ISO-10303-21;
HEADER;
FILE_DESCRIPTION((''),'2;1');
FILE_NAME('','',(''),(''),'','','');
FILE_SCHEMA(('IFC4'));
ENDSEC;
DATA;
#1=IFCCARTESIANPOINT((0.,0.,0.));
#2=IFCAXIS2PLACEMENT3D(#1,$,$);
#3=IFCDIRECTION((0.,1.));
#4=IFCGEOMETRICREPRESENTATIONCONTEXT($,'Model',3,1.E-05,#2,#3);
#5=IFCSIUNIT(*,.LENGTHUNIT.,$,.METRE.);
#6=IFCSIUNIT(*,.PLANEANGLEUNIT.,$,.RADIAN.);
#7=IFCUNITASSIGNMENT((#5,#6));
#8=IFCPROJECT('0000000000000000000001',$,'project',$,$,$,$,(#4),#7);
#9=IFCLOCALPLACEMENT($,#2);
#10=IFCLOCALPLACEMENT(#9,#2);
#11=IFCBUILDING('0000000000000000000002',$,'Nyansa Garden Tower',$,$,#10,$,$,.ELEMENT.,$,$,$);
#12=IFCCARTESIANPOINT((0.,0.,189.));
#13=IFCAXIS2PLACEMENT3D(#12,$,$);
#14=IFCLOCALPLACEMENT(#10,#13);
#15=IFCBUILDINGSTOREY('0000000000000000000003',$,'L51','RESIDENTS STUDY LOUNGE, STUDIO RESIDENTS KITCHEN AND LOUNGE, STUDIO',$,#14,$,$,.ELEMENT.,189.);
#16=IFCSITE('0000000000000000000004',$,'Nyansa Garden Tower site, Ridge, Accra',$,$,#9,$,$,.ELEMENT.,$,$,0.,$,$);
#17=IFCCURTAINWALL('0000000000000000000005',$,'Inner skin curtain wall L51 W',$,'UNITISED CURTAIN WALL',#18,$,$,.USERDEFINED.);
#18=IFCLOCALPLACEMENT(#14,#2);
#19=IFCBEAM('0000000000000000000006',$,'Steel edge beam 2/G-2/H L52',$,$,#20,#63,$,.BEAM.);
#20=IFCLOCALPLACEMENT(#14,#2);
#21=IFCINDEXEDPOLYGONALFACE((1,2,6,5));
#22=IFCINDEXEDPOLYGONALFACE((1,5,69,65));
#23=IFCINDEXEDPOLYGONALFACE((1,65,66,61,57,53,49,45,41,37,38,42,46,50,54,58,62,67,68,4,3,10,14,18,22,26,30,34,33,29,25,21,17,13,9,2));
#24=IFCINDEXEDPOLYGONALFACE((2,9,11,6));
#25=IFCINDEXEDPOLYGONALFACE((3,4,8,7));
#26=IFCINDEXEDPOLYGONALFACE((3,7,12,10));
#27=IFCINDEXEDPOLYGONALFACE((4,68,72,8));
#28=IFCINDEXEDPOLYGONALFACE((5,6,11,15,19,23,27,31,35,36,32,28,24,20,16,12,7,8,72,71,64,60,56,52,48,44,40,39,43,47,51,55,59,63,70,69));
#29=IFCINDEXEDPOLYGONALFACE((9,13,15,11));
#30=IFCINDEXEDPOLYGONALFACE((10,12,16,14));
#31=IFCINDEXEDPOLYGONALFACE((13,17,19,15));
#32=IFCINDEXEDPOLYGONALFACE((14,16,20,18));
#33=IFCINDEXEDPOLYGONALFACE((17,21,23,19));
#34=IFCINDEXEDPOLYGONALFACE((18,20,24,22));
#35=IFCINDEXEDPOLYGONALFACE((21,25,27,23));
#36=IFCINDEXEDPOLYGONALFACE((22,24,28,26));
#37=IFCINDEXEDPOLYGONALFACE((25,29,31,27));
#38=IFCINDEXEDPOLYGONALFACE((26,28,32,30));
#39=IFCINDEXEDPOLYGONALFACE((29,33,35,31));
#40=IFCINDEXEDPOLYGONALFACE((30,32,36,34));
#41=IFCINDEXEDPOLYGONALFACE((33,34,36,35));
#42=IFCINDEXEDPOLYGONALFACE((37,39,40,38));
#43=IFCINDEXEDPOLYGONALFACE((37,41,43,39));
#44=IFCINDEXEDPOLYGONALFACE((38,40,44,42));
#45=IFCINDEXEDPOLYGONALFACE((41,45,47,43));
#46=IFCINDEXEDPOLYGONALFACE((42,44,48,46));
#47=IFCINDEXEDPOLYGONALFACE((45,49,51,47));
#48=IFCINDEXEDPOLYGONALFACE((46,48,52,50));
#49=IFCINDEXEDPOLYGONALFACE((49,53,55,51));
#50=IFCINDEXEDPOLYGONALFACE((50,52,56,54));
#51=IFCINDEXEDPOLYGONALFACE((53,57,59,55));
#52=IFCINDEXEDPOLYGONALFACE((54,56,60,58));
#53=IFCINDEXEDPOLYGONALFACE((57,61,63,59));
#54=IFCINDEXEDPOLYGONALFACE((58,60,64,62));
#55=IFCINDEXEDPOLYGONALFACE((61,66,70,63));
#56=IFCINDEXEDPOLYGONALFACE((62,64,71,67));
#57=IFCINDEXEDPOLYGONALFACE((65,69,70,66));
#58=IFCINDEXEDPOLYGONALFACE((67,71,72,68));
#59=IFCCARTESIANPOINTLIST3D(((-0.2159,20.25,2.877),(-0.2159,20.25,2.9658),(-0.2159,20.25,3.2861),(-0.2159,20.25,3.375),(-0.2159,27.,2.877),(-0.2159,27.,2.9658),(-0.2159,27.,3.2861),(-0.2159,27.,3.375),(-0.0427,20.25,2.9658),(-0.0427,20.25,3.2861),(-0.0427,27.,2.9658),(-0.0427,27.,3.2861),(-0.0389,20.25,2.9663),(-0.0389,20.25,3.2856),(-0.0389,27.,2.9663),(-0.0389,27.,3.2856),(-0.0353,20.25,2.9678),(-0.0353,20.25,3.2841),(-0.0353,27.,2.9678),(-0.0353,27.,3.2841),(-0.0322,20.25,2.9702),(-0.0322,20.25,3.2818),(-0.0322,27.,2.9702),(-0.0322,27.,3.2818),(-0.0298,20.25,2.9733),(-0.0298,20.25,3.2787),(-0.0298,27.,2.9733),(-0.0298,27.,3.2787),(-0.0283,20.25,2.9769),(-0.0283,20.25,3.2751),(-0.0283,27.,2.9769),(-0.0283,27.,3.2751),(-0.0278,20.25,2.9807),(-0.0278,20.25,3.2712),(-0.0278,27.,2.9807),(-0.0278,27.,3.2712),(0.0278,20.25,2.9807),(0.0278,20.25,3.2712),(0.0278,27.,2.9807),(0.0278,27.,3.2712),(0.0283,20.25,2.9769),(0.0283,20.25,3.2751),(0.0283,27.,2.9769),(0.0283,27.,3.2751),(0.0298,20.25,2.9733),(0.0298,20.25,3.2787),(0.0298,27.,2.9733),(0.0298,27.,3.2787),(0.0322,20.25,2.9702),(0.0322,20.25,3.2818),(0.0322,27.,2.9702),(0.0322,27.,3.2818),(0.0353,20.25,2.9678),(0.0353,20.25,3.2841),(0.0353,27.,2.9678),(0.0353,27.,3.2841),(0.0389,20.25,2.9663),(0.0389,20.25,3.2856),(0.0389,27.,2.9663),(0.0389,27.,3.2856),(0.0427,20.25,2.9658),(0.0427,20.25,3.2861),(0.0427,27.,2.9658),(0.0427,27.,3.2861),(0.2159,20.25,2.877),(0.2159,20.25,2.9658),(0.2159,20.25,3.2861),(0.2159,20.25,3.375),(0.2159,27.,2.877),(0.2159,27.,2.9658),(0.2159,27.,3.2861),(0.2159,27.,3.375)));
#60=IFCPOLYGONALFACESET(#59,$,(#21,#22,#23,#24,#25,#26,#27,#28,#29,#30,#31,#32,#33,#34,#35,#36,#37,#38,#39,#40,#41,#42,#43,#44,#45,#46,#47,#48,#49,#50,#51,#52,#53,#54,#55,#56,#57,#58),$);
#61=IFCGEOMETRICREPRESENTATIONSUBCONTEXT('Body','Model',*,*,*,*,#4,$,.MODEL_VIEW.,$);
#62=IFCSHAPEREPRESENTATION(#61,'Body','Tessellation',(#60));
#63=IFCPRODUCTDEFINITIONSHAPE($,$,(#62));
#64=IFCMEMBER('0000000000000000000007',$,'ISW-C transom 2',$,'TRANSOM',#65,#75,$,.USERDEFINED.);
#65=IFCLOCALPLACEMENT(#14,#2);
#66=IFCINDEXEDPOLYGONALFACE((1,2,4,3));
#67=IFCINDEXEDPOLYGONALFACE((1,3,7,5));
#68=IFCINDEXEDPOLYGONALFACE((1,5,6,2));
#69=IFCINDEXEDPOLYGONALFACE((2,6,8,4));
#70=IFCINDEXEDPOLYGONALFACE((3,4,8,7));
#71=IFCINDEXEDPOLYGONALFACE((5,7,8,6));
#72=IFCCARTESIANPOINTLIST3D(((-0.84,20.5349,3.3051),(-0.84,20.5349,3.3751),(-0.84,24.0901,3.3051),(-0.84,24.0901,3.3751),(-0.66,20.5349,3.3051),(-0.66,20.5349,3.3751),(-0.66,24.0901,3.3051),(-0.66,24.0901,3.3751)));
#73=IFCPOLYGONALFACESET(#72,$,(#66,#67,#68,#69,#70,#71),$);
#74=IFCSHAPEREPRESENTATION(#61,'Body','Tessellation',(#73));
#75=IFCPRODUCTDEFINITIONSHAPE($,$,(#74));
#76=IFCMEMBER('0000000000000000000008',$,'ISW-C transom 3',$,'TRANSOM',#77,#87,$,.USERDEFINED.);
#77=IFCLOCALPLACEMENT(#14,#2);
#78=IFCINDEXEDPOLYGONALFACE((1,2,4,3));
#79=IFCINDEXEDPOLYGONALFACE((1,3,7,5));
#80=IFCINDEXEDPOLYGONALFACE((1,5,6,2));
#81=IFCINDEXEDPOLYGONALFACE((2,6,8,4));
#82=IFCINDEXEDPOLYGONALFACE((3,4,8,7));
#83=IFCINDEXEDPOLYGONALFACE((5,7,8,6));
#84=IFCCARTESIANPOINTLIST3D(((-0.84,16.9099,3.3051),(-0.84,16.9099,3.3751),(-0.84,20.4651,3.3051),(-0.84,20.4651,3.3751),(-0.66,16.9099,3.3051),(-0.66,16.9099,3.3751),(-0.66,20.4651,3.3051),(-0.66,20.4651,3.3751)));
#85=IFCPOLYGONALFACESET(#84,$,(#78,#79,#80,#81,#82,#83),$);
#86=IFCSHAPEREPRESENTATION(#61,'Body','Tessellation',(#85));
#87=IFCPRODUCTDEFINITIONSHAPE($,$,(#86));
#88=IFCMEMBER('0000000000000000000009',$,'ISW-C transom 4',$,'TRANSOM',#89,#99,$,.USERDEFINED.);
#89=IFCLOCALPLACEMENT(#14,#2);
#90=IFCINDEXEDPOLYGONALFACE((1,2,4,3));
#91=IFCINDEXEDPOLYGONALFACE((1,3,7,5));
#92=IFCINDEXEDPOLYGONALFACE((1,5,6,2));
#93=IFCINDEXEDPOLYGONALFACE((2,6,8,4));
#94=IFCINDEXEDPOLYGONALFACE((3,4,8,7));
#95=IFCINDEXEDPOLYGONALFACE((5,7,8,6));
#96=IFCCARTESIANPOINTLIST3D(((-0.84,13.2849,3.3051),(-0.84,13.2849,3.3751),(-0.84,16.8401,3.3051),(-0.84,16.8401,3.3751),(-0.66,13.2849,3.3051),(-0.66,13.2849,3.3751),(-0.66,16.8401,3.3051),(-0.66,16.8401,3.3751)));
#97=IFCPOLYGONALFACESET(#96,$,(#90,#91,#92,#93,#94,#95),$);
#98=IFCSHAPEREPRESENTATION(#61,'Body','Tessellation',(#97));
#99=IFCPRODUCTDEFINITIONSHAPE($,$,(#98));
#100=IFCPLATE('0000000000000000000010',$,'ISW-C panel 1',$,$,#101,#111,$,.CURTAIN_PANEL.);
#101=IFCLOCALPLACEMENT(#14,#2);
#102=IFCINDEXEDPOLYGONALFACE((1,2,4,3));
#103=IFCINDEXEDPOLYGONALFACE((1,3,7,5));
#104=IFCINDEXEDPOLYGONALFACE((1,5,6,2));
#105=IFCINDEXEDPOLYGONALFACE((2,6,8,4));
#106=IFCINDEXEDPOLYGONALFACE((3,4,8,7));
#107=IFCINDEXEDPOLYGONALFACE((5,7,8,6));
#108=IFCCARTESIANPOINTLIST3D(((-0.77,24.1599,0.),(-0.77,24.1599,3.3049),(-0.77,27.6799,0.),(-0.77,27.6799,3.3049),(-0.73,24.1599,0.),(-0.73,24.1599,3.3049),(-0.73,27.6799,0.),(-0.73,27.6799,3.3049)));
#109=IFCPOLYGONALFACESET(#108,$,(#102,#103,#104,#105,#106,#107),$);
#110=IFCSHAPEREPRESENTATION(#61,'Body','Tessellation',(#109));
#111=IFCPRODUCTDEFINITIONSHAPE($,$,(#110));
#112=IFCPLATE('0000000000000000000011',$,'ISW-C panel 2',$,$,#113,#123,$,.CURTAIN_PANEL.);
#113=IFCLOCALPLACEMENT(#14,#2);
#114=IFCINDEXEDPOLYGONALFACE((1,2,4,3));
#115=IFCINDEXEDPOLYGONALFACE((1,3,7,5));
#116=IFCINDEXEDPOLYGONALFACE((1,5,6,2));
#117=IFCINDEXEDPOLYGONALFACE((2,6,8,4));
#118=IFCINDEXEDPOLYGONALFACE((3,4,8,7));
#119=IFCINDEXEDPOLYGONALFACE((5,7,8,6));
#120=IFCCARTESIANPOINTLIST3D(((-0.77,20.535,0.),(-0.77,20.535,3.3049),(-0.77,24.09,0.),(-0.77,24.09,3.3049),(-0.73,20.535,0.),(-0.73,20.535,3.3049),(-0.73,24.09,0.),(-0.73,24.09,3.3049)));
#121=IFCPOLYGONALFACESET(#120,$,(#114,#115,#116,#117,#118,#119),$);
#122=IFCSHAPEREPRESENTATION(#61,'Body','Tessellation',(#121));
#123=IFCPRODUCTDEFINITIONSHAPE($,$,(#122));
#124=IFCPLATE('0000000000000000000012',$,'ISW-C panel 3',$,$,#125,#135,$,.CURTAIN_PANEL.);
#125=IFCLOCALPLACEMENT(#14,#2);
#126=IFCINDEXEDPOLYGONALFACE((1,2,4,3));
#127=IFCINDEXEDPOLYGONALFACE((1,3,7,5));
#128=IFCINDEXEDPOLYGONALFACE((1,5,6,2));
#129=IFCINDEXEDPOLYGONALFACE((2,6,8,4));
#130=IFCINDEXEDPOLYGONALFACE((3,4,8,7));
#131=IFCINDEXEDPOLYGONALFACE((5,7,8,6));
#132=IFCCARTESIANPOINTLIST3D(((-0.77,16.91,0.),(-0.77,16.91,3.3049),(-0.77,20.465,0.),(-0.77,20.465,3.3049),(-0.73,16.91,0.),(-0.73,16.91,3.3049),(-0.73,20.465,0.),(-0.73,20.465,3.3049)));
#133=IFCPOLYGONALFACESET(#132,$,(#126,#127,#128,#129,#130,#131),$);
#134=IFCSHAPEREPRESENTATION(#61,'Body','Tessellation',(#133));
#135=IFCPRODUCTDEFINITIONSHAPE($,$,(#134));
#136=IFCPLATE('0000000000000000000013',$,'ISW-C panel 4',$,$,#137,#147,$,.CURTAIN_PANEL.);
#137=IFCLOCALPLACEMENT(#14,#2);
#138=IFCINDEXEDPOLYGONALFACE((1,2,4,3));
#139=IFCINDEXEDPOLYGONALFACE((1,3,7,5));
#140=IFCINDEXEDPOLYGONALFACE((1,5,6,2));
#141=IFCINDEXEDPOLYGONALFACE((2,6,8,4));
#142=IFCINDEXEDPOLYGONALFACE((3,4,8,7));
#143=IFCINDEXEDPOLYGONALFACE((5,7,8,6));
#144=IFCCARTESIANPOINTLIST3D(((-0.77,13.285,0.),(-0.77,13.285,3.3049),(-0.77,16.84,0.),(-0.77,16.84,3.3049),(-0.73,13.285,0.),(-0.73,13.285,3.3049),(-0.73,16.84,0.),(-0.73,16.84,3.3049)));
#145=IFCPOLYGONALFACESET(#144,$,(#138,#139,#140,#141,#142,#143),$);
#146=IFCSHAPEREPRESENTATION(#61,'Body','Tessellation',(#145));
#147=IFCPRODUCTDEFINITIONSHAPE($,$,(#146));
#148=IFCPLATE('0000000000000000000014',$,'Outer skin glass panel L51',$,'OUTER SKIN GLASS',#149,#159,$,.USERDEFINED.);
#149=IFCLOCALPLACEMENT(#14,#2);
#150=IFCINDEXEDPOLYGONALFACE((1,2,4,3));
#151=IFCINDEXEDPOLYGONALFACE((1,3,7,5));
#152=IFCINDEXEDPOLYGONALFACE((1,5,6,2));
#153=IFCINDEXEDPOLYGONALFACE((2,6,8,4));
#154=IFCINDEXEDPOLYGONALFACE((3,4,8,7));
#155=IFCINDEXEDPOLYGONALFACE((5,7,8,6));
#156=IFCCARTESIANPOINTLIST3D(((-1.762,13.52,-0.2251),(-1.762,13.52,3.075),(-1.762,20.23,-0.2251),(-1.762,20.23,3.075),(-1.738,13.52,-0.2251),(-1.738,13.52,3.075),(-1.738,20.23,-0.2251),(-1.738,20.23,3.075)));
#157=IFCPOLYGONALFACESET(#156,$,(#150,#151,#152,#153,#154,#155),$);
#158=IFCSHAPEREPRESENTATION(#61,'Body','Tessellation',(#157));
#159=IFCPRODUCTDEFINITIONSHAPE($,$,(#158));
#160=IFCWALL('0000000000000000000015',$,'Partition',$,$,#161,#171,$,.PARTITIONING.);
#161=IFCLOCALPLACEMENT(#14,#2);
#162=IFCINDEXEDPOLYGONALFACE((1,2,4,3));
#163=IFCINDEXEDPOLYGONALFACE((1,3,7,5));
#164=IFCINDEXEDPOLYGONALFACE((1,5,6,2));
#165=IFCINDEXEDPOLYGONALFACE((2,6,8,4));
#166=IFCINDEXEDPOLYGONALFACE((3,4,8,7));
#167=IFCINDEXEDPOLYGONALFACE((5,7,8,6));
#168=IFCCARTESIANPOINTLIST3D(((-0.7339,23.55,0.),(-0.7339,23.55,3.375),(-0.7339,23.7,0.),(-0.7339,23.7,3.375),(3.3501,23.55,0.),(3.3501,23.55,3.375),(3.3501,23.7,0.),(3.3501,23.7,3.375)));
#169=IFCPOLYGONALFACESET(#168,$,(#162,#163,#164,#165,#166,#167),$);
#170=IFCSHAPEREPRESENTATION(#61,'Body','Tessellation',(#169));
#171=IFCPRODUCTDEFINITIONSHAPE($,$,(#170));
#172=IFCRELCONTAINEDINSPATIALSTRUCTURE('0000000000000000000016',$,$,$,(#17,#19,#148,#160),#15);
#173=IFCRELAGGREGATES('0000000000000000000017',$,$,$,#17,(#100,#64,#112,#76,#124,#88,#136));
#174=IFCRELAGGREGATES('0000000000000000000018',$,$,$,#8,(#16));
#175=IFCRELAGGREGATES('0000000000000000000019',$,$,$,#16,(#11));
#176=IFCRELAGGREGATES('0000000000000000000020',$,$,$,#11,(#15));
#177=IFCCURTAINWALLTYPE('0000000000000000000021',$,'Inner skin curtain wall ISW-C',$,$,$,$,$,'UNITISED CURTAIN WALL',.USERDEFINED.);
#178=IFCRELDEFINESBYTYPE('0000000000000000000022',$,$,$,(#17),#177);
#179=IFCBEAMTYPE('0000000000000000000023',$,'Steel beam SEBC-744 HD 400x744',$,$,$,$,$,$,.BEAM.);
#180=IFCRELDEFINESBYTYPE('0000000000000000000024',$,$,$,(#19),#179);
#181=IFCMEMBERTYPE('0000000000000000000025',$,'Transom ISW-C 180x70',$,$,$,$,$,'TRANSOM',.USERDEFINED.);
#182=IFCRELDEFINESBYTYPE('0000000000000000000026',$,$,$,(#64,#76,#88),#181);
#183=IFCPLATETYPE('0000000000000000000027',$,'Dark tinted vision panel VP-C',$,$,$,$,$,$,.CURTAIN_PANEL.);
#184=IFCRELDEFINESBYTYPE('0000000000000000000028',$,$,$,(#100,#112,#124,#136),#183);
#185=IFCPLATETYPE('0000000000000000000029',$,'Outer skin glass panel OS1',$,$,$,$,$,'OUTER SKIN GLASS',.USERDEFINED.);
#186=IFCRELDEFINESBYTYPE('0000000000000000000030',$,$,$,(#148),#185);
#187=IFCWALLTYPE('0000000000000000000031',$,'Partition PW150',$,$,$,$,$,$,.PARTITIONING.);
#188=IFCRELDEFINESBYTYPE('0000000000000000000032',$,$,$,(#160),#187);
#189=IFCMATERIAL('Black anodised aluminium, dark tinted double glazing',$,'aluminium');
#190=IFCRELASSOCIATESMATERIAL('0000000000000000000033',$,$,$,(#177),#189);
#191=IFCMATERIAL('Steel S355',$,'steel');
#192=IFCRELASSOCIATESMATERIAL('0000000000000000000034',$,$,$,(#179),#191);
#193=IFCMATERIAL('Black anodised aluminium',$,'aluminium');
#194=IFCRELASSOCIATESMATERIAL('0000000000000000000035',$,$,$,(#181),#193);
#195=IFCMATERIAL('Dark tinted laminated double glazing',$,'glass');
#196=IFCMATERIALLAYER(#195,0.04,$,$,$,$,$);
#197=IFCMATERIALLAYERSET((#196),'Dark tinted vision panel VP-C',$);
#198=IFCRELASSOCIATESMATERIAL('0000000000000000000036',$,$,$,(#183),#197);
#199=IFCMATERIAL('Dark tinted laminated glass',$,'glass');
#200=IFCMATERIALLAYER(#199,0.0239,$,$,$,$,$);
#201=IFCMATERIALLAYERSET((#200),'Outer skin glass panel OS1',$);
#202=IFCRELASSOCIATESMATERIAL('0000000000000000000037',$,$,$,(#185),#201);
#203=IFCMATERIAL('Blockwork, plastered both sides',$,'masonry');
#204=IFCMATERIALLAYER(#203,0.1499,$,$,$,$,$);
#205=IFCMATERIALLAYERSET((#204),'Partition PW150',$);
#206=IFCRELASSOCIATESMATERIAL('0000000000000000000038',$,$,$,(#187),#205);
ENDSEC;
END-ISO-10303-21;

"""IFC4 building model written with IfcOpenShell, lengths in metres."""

from ifc_helpers import new_model, si_unit, direction, frame, frame_2d, origin, origin_2d, place, context, subcontext, project, spatial, rectangle, i_section, extrude, material, layer, layer_set, material_profile, profile_set, type_object, element, aggregate, save


model = new_model("IFC4")

# Units and contexts
model_context = context("Model", 3, precision=1e-05, world=origin(), true_north=direction((0.0, 1.0)))
body_context = subcontext(model_context, "Body", "Model", "MODEL_VIEW")
ifc_project = project(units=[si_unit("LENGTHUNIT", "METRE"), si_unit("PLANEANGLEUNIT", "RADIAN")], contexts=[model_context])

# Site, building, storey
site_placement = place(None, origin())
site = spatial("IfcSite", under=ifc_project, at=site_placement, Name="Nyansa Garden Tower site, Ridge, Accra", CompositionType="ELEMENT", RefElevation=0.0)
building_placement = place(site_placement, origin())
building = spatial("IfcBuilding", under=site, at=building_placement, Name="Nyansa Garden Tower", CompositionType="ELEMENT")
storey_placement = place(building_placement, frame((0.0, 0.0, 189.0)))
storey = spatial("IfcBuildingStorey", under=building, at=storey_placement, Name="L51", Description="RESIDENTS STUDY LOUNGE, STUDIO RESIDENTS KITCHEN AND LOUNGE, STUDIO", CompositionType="ELEMENT", Elevation=189.0)

# Curtain wall
ifc_material_1 = material(Name="Black anodised aluminium, dark tinted double glazing", Category="aluminium")
curtain_wall_type = type_object("IfcCurtainWallType", Name="Inner skin curtain wall ISW-C", ElementType="UNITISED CURTAIN WALL", PredefinedType="USERDEFINED", material=ifc_material_1)
curtain_wall_placement = place(storey_placement, origin())
curtain_wall = element("IfcCurtainWall", 1, at=curtain_wall_placement, inside=storey, type_object=curtain_wall_type, Name="Inner skin curtain wall L51 W", ObjectType="UNITISED CURTAIN WALL", PredefinedType="USERDEFINED")

# Beam
ifc_material_2 = material(Name="Steel S355", Category="steel")
ifc_material_profile_1 = material_profile(ifc_material_2, i_section(OverallWidth=0.4319, OverallDepth=0.498, WebThickness=0.0557, FlangeThickness=0.0889, FilletRadius=0.0149, at=origin_2d()), Name="HD 400x744")
ifc_profile_set_1 = profile_set([ifc_material_profile_1], Name="Steel S355")
beam_type_1 = type_object("IfcBeamType", Name="Steel beam SEBC-744 HD 400x744", PredefinedType="BEAM", material=ifc_profile_set_1)
beam_1_placement = place(storey_placement, frame((0.0, 20.25, 3.126), z_axis=(0.0, 1.0, 0.0), x_axis=(-1.0, 0.0, 0.0)))
element("IfcBeam", 2, at=beam_1_placement, inside=storey, type_object=beam_type_1, Name="Steel edge beam 2/G-2/H L52", PredefinedType="BEAM", context=body_context, shape_type="SweptSolid", body=[
    extrude(i_section(OverallWidth=0.4319, OverallDepth=0.498, WebThickness=0.0557, FlangeThickness=0.0889, FilletRadius=0.0149, at=origin_2d()), origin(), (0.0, 0.0, 1.0), 6.75),
])

# Members
ifc_material_3 = material(Name="Black anodised aluminium", Category="aluminium")
ifc_material_profile_2 = material_profile(ifc_material_3, rectangle(XDim=0.1799, YDim=0.0701, at=origin_2d()), Name="Transom 180x70")
ifc_profile_set_2 = profile_set([ifc_material_profile_2], Name="Black anodised aluminium")
member_type_1 = type_object("IfcMemberType", Name="Transom ISW-C 180x70", ElementType="TRANSOM", PredefinedType="USERDEFINED", material=ifc_profile_set_2)
member_1_placement = place(storey_placement, frame((-0.75, 24.0901, 3.3401), z_axis=(0.0, -1.0, 0.0), x_axis=(1.0, 0.0, 0.0)))
member_1 = element("IfcMember", 3, at=member_1_placement, type_object=member_type_1, Name="ISW-C transom 2", ObjectType="TRANSOM", PredefinedType="USERDEFINED", context=body_context, shape_type="SweptSolid", body=[
    extrude(rectangle(XDim=0.1799, YDim=0.0701, at=origin_2d()), origin(), (0.0, 0.0, 1.0), 3.5552),
])
member_2_placement = place(storey_placement, frame((-0.75, 20.4651, 3.3401), z_axis=(0.0, -1.0, 0.0), x_axis=(1.0, 0.0, 0.0)))
member_2 = element("IfcMember", 4, at=member_2_placement, type_object=member_type_1, Name="ISW-C transom 3", ObjectType="TRANSOM", PredefinedType="USERDEFINED", context=body_context, shape_type="SweptSolid", body=[
    extrude(rectangle(XDim=0.1799, YDim=0.0701, at=origin_2d()), origin(), (0.0, 0.0, 1.0), 3.5552),
])
member_3_placement = place(storey_placement, frame((-0.75, 16.8401, 3.3401), z_axis=(0.0, -1.0, 0.0), x_axis=(1.0, 0.0, 0.0)))
member_3 = element("IfcMember", 5, at=member_3_placement, type_object=member_type_1, Name="ISW-C transom 4", ObjectType="TRANSOM", PredefinedType="USERDEFINED", context=body_context, shape_type="SweptSolid", body=[
    extrude(rectangle(XDim=0.1799, YDim=0.0701, at=origin_2d()), origin(), (0.0, 0.0, 1.0), 3.5552),
])

# Plates
ifc_material_4 = material(Name="Dark tinted laminated double glazing", Category="glass")
ifc_layer_1 = layer(ifc_material_4, 0.04)
ifc_layer_set_1 = layer_set([ifc_layer_1], Name="Dark tinted vision panel VP-C")
plate_type_1 = type_object("IfcPlateType", Name="Dark tinted vision panel VP-C", PredefinedType="CURTAIN_PANEL", material=ifc_layer_set_1)
plate_1_placement = place(storey_placement, frame((-0.75, 25.9199, 0.0), z_axis=(0.0, 0.0, 1.0), x_axis=(0.0, -1.0, 0.0)))
plate_1 = element("IfcPlate", 6, at=plate_1_placement, type_object=plate_type_1, Name="ISW-C panel 1", PredefinedType="CURTAIN_PANEL", context=body_context, shape_type="SweptSolid", body=[
    extrude(rectangle(XDim=3.52, YDim=0.04, at=origin_2d()), origin(), (0.0, 0.0, 1.0), 3.3049),
])
plate_2_placement = place(storey_placement, frame((-0.75, 22.3125, 0.0), z_axis=(0.0, 0.0, 1.0), x_axis=(0.0, -1.0, 0.0)))
plate_2 = element("IfcPlate", 7, at=plate_2_placement, type_object=plate_type_1, Name="ISW-C panel 2", PredefinedType="CURTAIN_PANEL", context=body_context, shape_type="SweptSolid", body=[
    extrude(rectangle(XDim=3.5549, YDim=0.04, at=origin_2d()), origin(), (0.0, 0.0, 1.0), 3.3049),
])
plate_3_placement = place(storey_placement, frame((-0.75, 18.6875, 0.0), z_axis=(0.0, 0.0, 1.0), x_axis=(0.0, -1.0, 0.0)))
plate_3 = element("IfcPlate", 8, at=plate_3_placement, type_object=plate_type_1, Name="ISW-C panel 3", PredefinedType="CURTAIN_PANEL", context=body_context, shape_type="SweptSolid", body=[
    extrude(rectangle(XDim=3.5549, YDim=0.04, at=origin_2d()), origin(), (0.0, 0.0, 1.0), 3.3049),
])
plate_4_placement = place(storey_placement, frame((-0.75, 15.0625, 0.0), z_axis=(0.0, 0.0, 1.0), x_axis=(0.0, -1.0, 0.0)))
plate_4 = element("IfcPlate", 9, at=plate_4_placement, type_object=plate_type_1, Name="ISW-C panel 4", PredefinedType="CURTAIN_PANEL", context=body_context, shape_type="SweptSolid", body=[
    extrude(rectangle(XDim=3.5549, YDim=0.04, at=origin_2d()), origin(), (0.0, 0.0, 1.0), 3.3049),
])
aggregate(curtain_wall, [plate_1, member_1, plate_2, member_2, plate_3, member_3, plate_4])
ifc_material_5 = material(Name="Dark tinted laminated glass", Category="glass")
ifc_layer_2 = layer(ifc_material_5, 0.0239)
ifc_layer_set_2 = layer_set([ifc_layer_2], Name="Outer skin glass panel OS1")
plate_type_2 = type_object("IfcPlateType", Name="Outer skin glass panel OS1", ElementType="OUTER SKIN GLASS", PredefinedType="USERDEFINED", material=ifc_layer_set_2)
plate_5_placement = place(storey_placement, frame((-1.75, 16.875, -0.2251), z_axis=(0.0, 0.0, 1.0), x_axis=(0.0, 1.0, 0.0)))
element("IfcPlate", 10, at=plate_5_placement, inside=storey, type_object=plate_type_2, Name="Outer skin glass panel L51", ObjectType="OUTER SKIN GLASS", PredefinedType="USERDEFINED", context=body_context, shape_type="SweptSolid", body=[
    extrude(rectangle(XDim=6.71, YDim=0.0239, at=origin_2d()), origin(), (0.0, 0.0, 1.0), 3.3),
])

# Wall
ifc_material_6 = material(Name="Blockwork, plastered both sides", Category="masonry")
ifc_layer_3 = layer(ifc_material_6, 0.1499)
ifc_layer_set_3 = layer_set([ifc_layer_3], Name="Partition PW150")
wall_type_1 = type_object("IfcWallType", Name="Partition PW150", PredefinedType="PARTITIONING", material=ifc_layer_set_3)
wall_1_placement = place(storey_placement, frame((-0.7339, 23.625, 0.0), z_axis=(0.0, 0.0, 1.0), x_axis=(1.0, 0.0, 0.0)))
element("IfcWall", 11, at=wall_1_placement, inside=storey, type_object=wall_type_1, Name="Partition", PredefinedType="PARTITIONING", context=body_context, shape_type="SweptSolid", body=[
    extrude(rectangle(XDim=4.084, YDim=0.1499, at=frame_2d((2.042, 0.0))), origin(), (0.0, 0.0, 1.0), 3.375),
])

save(model, "model.ifc")
